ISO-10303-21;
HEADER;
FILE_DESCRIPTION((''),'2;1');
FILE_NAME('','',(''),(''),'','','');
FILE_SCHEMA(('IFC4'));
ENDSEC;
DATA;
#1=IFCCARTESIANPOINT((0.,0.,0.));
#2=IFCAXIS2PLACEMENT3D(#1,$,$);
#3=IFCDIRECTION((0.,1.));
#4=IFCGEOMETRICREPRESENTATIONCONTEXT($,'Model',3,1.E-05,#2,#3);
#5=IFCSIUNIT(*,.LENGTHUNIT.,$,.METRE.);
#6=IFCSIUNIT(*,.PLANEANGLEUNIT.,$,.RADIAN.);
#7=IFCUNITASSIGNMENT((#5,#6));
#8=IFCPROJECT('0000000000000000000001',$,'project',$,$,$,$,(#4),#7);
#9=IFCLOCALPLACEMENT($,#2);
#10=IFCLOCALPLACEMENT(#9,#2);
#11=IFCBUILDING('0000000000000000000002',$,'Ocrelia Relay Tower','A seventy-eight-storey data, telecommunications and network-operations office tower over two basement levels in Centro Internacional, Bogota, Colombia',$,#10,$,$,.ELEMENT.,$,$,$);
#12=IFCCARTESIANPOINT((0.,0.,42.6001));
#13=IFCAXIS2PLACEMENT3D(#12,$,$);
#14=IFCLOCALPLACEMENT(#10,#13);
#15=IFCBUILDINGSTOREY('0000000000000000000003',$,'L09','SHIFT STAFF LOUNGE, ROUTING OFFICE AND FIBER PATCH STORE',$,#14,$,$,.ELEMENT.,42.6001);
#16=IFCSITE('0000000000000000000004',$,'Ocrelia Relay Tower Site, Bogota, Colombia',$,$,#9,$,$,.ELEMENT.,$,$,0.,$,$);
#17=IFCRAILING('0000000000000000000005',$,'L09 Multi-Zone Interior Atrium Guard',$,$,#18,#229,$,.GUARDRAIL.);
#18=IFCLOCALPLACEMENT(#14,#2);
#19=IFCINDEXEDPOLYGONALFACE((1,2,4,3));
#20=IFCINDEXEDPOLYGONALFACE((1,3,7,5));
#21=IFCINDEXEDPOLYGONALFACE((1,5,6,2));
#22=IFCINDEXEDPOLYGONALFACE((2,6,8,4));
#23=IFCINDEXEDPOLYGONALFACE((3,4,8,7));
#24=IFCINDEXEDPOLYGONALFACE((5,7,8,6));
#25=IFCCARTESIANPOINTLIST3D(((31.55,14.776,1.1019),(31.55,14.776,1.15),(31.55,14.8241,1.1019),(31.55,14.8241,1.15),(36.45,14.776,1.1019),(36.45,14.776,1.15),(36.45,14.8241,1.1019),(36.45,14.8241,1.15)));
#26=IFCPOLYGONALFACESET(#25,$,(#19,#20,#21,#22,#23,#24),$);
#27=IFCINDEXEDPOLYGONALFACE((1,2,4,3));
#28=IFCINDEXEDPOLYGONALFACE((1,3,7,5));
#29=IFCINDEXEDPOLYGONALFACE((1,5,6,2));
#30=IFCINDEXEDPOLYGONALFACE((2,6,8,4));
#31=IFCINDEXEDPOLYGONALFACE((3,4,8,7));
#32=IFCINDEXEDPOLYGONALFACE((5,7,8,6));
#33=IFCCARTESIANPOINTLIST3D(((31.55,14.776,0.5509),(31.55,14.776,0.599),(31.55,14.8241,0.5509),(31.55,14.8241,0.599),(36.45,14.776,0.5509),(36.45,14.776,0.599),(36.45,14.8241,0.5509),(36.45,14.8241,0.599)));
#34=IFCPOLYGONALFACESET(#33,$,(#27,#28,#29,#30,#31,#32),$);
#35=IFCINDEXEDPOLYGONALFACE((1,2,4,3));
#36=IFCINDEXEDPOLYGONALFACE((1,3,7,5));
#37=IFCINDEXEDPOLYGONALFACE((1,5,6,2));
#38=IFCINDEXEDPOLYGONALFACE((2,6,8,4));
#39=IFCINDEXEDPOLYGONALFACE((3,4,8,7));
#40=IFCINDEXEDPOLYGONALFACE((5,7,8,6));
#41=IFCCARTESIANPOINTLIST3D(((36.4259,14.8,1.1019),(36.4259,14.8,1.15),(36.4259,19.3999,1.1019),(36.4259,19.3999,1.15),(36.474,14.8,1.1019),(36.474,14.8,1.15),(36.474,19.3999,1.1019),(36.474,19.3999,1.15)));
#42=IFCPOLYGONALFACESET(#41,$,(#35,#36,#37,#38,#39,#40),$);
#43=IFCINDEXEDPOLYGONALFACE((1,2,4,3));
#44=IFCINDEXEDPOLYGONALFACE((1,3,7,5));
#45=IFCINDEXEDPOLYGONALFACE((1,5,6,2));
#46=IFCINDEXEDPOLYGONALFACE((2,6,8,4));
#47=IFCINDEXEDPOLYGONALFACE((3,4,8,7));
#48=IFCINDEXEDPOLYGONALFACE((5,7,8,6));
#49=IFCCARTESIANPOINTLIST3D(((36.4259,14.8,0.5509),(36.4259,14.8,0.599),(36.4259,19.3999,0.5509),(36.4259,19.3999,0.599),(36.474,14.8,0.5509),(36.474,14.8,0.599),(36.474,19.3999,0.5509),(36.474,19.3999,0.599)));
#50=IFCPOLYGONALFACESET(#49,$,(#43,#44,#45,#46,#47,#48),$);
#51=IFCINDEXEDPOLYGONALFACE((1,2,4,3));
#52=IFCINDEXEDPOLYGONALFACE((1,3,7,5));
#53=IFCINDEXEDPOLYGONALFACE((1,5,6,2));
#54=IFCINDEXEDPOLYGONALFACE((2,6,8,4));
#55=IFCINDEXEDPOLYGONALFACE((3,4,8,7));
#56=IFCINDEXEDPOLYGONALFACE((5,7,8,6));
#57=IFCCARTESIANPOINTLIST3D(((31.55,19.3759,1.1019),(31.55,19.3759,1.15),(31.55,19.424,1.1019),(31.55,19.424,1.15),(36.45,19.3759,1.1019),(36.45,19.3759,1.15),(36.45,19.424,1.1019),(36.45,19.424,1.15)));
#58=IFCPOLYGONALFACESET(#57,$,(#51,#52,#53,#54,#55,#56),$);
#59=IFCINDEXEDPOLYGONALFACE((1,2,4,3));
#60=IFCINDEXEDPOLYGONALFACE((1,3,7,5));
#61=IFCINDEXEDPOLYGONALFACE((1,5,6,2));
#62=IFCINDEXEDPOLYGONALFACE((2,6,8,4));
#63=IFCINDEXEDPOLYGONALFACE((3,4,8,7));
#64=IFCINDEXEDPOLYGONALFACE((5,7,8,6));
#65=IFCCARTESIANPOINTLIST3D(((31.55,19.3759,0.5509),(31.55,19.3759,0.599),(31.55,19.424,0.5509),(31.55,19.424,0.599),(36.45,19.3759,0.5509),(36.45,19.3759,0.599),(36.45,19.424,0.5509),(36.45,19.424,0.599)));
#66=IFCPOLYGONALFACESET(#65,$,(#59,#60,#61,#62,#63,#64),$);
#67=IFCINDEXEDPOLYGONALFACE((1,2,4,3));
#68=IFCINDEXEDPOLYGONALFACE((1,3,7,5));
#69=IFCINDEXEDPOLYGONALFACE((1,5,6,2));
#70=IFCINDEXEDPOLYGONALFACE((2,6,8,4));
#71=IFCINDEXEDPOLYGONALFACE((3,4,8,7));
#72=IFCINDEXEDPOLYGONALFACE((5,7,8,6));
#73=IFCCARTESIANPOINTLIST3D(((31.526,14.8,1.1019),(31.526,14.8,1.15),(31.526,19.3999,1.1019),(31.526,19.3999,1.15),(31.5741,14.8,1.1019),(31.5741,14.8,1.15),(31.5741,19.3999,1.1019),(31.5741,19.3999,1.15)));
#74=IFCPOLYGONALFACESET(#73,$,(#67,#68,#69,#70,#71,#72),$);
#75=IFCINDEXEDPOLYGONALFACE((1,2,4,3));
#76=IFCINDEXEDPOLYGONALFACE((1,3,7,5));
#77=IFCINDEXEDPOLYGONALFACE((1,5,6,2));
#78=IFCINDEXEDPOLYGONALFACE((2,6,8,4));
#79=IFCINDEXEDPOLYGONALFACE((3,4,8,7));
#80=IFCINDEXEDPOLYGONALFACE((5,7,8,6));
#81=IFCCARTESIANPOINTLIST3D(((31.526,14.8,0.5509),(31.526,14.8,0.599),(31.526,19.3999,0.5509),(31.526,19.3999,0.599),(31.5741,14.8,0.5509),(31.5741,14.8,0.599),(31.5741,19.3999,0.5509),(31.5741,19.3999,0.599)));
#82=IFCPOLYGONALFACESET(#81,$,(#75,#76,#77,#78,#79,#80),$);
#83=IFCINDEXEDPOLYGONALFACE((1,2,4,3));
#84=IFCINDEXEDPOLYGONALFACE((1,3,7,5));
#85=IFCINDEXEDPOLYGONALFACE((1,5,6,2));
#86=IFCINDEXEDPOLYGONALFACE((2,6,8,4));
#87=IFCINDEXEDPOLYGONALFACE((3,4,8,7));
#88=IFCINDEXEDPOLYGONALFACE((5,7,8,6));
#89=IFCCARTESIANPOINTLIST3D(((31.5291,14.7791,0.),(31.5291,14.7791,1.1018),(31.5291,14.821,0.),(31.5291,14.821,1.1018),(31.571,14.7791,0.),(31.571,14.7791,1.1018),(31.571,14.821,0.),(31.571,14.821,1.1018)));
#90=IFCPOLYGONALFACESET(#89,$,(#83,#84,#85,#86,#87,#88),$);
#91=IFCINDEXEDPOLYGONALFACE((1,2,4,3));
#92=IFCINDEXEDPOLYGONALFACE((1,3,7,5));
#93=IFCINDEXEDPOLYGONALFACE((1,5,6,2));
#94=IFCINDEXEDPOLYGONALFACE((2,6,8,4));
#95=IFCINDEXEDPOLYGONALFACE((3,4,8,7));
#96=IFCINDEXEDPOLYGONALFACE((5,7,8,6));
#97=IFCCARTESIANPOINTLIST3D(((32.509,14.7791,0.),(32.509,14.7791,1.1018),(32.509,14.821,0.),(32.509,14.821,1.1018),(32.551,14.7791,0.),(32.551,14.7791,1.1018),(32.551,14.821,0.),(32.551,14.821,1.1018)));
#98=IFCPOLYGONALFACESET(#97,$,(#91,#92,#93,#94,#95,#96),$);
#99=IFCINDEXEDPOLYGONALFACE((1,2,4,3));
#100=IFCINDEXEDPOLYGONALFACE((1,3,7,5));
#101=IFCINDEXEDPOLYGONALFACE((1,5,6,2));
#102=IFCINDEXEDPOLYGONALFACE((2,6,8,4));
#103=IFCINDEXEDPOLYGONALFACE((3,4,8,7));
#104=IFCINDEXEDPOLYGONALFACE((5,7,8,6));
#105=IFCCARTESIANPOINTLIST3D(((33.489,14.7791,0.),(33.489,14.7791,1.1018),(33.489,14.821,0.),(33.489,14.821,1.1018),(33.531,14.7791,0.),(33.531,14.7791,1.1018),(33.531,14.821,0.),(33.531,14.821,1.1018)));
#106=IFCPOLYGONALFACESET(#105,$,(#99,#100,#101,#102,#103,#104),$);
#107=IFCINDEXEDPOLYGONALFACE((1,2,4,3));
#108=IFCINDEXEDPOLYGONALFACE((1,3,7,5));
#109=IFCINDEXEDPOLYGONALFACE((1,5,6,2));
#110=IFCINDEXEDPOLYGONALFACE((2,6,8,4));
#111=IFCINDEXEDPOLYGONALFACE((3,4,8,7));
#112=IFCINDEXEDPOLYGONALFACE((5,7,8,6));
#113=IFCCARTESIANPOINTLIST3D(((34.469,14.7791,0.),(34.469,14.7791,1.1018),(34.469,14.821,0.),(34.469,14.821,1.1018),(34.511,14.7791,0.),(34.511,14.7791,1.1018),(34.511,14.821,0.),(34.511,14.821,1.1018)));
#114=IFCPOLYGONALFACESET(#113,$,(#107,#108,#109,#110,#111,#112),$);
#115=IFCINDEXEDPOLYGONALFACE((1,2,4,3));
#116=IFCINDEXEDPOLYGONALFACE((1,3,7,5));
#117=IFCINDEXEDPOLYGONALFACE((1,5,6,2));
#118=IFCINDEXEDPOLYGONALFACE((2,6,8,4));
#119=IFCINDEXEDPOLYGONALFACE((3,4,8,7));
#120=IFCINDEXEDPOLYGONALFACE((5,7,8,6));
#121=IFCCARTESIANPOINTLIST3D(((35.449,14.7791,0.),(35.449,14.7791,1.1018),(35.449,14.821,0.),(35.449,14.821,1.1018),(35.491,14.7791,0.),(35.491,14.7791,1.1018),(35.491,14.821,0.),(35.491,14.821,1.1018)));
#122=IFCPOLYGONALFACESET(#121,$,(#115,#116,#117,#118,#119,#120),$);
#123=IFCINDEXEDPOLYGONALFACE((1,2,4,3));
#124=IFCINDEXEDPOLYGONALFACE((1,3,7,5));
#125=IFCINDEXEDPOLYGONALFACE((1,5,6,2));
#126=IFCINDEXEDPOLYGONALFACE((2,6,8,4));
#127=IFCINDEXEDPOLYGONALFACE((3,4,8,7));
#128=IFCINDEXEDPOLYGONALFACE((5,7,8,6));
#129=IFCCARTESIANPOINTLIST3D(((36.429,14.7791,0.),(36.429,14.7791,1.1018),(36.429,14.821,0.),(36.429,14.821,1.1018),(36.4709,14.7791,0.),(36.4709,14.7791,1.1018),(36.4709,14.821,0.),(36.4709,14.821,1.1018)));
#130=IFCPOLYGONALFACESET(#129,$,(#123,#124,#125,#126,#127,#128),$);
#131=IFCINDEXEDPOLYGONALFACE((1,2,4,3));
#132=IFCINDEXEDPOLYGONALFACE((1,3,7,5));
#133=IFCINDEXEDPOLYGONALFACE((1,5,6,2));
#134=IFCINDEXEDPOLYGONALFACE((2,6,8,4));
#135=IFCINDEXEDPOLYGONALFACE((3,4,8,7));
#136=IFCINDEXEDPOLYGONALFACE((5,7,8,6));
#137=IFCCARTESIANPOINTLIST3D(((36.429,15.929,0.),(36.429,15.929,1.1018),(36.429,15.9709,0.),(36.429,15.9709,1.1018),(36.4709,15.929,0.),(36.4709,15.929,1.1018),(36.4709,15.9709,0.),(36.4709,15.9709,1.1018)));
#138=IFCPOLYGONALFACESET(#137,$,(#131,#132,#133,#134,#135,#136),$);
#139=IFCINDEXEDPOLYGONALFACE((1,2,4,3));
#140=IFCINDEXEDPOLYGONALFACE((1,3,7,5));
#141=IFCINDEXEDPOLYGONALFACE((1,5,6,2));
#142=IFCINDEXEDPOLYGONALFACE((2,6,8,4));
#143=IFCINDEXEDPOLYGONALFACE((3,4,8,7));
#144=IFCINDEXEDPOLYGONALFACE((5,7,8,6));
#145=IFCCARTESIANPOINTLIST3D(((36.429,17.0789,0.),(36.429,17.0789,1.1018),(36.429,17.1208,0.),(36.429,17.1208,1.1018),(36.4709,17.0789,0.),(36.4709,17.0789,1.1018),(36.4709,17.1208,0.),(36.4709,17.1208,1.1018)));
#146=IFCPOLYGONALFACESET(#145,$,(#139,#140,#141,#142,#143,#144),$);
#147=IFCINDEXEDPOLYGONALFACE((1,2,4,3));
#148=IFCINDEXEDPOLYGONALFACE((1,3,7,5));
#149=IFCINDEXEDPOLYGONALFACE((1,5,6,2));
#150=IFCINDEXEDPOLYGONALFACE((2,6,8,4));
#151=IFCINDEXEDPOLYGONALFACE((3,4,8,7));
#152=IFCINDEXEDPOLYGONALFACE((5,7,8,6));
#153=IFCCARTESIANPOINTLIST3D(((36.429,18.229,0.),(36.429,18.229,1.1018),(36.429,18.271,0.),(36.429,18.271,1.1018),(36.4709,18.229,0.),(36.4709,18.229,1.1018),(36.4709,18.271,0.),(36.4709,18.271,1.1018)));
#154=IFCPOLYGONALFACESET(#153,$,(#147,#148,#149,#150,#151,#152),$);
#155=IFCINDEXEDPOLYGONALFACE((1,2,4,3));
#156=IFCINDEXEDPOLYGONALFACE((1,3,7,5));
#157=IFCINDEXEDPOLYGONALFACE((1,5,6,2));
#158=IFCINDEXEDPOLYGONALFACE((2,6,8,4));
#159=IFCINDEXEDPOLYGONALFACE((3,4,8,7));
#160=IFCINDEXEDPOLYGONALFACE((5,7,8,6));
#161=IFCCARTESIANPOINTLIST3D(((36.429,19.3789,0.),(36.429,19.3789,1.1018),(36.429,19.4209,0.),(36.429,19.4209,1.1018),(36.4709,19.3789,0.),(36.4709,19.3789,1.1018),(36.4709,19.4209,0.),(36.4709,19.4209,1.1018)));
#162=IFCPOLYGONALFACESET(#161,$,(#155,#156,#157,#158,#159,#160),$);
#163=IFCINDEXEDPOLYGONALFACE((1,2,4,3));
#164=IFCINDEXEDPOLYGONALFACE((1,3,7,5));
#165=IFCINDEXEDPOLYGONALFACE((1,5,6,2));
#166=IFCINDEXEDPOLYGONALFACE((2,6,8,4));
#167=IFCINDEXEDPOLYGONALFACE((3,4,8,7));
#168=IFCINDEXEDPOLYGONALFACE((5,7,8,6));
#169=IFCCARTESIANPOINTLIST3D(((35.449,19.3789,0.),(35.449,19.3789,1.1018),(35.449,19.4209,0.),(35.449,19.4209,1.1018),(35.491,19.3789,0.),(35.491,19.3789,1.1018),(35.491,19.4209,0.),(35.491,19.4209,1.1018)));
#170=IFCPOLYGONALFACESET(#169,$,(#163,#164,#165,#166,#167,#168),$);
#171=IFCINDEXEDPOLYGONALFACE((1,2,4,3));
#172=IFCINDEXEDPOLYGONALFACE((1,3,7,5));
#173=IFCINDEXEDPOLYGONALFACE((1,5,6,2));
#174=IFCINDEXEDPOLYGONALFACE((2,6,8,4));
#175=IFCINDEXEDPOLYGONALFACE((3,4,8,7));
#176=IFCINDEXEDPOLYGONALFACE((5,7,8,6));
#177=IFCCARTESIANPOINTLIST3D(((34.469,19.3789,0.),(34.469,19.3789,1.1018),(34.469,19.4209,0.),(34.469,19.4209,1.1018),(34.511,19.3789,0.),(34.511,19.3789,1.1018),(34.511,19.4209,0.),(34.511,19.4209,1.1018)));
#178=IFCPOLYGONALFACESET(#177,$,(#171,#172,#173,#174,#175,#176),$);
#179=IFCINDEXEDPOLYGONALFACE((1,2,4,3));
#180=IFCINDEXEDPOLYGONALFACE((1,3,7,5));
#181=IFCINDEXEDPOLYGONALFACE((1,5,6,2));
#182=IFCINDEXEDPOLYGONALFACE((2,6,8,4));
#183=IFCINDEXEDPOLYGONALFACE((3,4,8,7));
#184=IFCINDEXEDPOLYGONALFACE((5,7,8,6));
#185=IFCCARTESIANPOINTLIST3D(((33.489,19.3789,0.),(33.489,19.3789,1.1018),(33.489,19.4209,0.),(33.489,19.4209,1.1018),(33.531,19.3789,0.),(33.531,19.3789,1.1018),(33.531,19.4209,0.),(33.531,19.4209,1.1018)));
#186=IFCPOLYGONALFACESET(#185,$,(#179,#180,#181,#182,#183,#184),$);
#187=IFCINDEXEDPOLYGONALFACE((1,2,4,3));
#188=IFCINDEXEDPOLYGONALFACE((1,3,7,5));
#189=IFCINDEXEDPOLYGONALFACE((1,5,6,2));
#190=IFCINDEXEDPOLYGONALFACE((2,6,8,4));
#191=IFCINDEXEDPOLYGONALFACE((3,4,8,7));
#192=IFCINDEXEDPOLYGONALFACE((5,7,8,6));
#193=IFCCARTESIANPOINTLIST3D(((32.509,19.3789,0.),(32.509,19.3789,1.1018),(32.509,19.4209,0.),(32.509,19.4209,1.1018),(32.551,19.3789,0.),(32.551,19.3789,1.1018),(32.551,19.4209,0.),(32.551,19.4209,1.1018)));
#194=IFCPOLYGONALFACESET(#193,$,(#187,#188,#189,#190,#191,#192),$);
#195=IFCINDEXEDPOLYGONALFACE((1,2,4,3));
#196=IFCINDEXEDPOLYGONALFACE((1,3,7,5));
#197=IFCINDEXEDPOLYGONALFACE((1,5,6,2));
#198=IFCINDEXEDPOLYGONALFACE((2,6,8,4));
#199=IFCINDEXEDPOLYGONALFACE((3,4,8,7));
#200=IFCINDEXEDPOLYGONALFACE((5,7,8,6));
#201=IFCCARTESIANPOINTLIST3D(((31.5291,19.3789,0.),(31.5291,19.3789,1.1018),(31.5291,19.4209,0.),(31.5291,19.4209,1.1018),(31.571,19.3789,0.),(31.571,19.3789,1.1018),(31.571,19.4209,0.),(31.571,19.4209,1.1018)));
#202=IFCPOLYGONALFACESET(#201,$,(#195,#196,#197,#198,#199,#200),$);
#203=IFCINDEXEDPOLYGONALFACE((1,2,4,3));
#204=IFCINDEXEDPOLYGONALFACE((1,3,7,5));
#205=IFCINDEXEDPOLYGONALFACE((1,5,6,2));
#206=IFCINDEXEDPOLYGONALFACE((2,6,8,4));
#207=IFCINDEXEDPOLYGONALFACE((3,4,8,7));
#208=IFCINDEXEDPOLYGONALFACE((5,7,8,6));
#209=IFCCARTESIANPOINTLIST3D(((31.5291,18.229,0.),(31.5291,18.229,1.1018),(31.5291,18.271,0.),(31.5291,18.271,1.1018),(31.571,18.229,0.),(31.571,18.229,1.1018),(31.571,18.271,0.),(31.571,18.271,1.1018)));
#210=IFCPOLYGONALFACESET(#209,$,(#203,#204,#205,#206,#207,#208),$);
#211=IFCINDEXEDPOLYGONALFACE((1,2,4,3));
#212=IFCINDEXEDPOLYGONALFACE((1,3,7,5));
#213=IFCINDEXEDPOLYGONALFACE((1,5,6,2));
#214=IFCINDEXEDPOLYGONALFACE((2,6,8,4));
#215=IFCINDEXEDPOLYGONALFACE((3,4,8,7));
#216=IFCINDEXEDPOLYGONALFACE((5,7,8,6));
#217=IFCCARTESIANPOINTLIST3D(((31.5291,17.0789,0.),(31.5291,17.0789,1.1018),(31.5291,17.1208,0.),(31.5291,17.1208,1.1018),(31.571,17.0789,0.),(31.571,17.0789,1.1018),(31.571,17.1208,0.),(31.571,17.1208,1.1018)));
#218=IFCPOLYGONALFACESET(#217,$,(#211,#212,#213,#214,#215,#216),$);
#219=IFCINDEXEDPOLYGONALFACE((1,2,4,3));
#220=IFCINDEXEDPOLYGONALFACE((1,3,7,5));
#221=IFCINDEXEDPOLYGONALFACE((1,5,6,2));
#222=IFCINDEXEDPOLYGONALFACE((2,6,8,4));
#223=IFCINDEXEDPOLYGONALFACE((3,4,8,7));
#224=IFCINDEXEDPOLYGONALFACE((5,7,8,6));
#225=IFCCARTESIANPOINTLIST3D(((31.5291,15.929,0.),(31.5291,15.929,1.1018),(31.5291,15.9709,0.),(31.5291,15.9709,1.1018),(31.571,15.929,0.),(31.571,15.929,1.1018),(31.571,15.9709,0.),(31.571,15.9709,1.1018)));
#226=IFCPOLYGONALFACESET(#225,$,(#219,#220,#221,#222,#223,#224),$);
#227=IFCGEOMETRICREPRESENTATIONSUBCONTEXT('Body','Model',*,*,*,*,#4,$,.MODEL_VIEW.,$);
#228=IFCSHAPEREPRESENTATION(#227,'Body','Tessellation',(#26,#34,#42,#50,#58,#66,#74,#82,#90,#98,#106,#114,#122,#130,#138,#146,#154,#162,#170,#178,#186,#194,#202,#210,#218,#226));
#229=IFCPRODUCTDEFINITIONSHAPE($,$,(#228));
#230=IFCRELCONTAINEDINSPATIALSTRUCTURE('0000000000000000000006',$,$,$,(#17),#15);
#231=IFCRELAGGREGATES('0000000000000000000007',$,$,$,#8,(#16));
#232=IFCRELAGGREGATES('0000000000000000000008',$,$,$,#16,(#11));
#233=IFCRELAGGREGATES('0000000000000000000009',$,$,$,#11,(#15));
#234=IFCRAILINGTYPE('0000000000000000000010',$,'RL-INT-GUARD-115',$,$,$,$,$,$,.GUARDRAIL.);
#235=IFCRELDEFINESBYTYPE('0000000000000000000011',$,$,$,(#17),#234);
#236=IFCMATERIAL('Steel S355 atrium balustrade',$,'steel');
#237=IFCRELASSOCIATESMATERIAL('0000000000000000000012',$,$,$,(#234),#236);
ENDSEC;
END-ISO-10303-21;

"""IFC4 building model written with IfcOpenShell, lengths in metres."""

from ifc_helpers import new_model, si_unit, direction, frame, origin, origin_2d, place, context, subcontext, project, spatial, rectangle, extrude, material, type_object, element, save


model = new_model("IFC4")

# Units and contexts
model_context = context("Model", 3, precision=1e-05, world=origin(), true_north=direction((0.0, 1.0)))
body_context = subcontext(model_context, "Body", "Model", "MODEL_VIEW")
ifc_project = project(units=[si_unit("LENGTHUNIT", "METRE"), si_unit("PLANEANGLEUNIT", "RADIAN")], contexts=[model_context])

# Site, building, storey
site_placement = place(None, origin())
site = spatial("IfcSite", under=ifc_project, at=site_placement, Name="Ocrelia Relay Tower Site, Bogota, Colombia", CompositionType="ELEMENT", RefElevation=0.0)
building_placement = place(site_placement, origin())
building = spatial("IfcBuilding", under=site, at=building_placement, Name="Ocrelia Relay Tower", Description="A seventy-eight-storey data, telecommunications and network-operations office tower over two basement levels in Centro Internacional, Bogota, Colombia", CompositionType="ELEMENT")
storey_placement = place(building_placement, frame((0.0, 0.0, 42.6001)))
storey = spatial("IfcBuildingStorey", under=building, at=storey_placement, Name="L09", Description="SHIFT STAFF LOUNGE, ROUTING OFFICE AND FIBER PATCH STORE", CompositionType="ELEMENT", Elevation=42.6001)

# Railing
ifc_material_1 = material(Name="Steel S355 atrium balustrade", Category="steel")
railing_type_1 = type_object("IfcRailingType", Name="RL-INT-GUARD-115", PredefinedType="GUARDRAIL", material=ifc_material_1)
railing_1_placement = place(storey_placement, frame((31.55, 14.8, 0.0)))
element("IfcRailing", 1, at=railing_1_placement, inside=storey, type_object=railing_type_1, Name="L09 Multi-Zone Interior Atrium Guard", PredefinedType="GUARDRAIL", context=body_context, shape_type="SweptSolid", body=[
    extrude(rectangle(XDim=0.0481, YDim=0.0481, at=origin_2d()), frame((0.0, 0.0, 1.126), z_axis=(1.0, 0.0, 0.0), x_axis=(0.0, 1.0, 0.0)), (0.0, 0.0, 1.0), 4.8999),
    extrude(rectangle(XDim=0.0481, YDim=0.0481, at=origin_2d()), frame((0.0, 0.0, 0.575), z_axis=(1.0, 0.0, 0.0), x_axis=(0.0, 1.0, 0.0)), (0.0, 0.0, 1.0), 4.8999),
    extrude(rectangle(XDim=0.0481, YDim=0.0481, at=origin_2d()), frame((4.8999, 0.0, 1.126), z_axis=(0.0, 1.0, 0.0), x_axis=(-1.0, 0.0, 0.0)), (0.0, 0.0, 1.0), 4.5999),
    extrude(rectangle(XDim=0.0481, YDim=0.0481, at=origin_2d()), frame((4.8999, 0.0, 0.575), z_axis=(0.0, 1.0, 0.0), x_axis=(-1.0, 0.0, 0.0)), (0.0, 0.0, 1.0), 4.5999),
    extrude(rectangle(XDim=0.0481, YDim=0.0481, at=origin_2d()), frame((4.8999, 4.5999, 1.126), z_axis=(-1.0, 0.0, 0.0), x_axis=(0.0, -1.0, 0.0)), (0.0, 0.0, 1.0), 4.8999),
    extrude(rectangle(XDim=0.0481, YDim=0.0481, at=origin_2d()), frame((4.8999, 4.5999, 0.575), z_axis=(-1.0, 0.0, 0.0), x_axis=(0.0, -1.0, 0.0)), (0.0, 0.0, 1.0), 4.8999),
    extrude(rectangle(XDim=0.0481, YDim=0.0481, at=origin_2d()), frame((0.0, 4.5999, 1.126), z_axis=(0.0, -1.0, 0.0), x_axis=(1.0, 0.0, 0.0)), (0.0, 0.0, 1.0), 4.5999),
    extrude(rectangle(XDim=0.0481, YDim=0.0481, at=origin_2d()), frame((0.0, 4.5999, 0.575), z_axis=(0.0, -1.0, 0.0), x_axis=(1.0, 0.0, 0.0)), (0.0, 0.0, 1.0), 4.5999),
    extrude(rectangle(XDim=0.042, YDim=0.042, at=origin_2d()), origin(), (0.0, 0.0, 1.0), 1.1018),
    extrude(rectangle(XDim=0.042, YDim=0.042, at=origin_2d()), frame((0.98, 0.0, 0.0)), (0.0, 0.0, 1.0), 1.1018),
    extrude(rectangle(XDim=0.042, YDim=0.042, at=origin_2d()), frame((1.96, 0.0, 0.0)), (0.0, 0.0, 1.0), 1.1018),
    extrude(rectangle(XDim=0.042, YDim=0.042, at=origin_2d()), frame((2.9399, 0.0, 0.0)), (0.0, 0.0, 1.0), 1.1018),
    extrude(rectangle(XDim=0.042, YDim=0.042, at=origin_2d()), frame((3.9199, 0.0, 0.0)), (0.0, 0.0, 1.0), 1.1018),
    extrude(rectangle(XDim=0.042, YDim=0.042, at=origin_2d()), frame((4.8999, 0.0, 0.0)), (0.0, 0.0, 1.0), 1.1018),
    extrude(rectangle(XDim=0.042, YDim=0.042, at=origin_2d()), frame((4.8999, 1.1499, 0.0)), (0.0, 0.0, 1.0), 1.1018),
    extrude(rectangle(XDim=0.042, YDim=0.042, at=origin_2d()), frame((4.8999, 2.2998, 0.0)), (0.0, 0.0, 1.0), 1.1018),
    extrude(rectangle(XDim=0.042, YDim=0.042, at=origin_2d()), frame((4.8999, 3.45, 0.0)), (0.0, 0.0, 1.0), 1.1018),
    extrude(rectangle(XDim=0.042, YDim=0.042, at=origin_2d()), frame((4.8999, 4.5999, 0.0)), (0.0, 0.0, 1.0), 1.1018),
    extrude(rectangle(XDim=0.042, YDim=0.042, at=origin_2d()), frame((3.9199, 4.5999, 0.0)), (0.0, 0.0, 1.0), 1.1018),
    extrude(rectangle(XDim=0.042, YDim=0.042, at=origin_2d()), frame((2.9399, 4.5999, 0.0)), (0.0, 0.0, 1.0), 1.1018),
    extrude(rectangle(XDim=0.042, YDim=0.042, at=origin_2d()), frame((1.96, 4.5999, 0.0)), (0.0, 0.0, 1.0), 1.1018),
    extrude(rectangle(XDim=0.042, YDim=0.042, at=origin_2d()), frame((0.98, 4.5999, 0.0)), (0.0, 0.0, 1.0), 1.1018),
    extrude(rectangle(XDim=0.042, YDim=0.042, at=origin_2d()), frame((0.0, 4.5999, 0.0)), (0.0, 0.0, 1.0), 1.1018),
    extrude(rectangle(XDim=0.042, YDim=0.042, at=origin_2d()), frame((0.0, 3.45, 0.0)), (0.0, 0.0, 1.0), 1.1018),
    extrude(rectangle(XDim=0.042, YDim=0.042, at=origin_2d()), frame((0.0, 2.2998, 0.0)), (0.0, 0.0, 1.0), 1.1018),
    extrude(rectangle(XDim=0.042, YDim=0.042, at=origin_2d()), frame((0.0, 1.1499, 0.0)), (0.0, 0.0, 1.0), 1.1018),
])

save(model, "model.ifc")
